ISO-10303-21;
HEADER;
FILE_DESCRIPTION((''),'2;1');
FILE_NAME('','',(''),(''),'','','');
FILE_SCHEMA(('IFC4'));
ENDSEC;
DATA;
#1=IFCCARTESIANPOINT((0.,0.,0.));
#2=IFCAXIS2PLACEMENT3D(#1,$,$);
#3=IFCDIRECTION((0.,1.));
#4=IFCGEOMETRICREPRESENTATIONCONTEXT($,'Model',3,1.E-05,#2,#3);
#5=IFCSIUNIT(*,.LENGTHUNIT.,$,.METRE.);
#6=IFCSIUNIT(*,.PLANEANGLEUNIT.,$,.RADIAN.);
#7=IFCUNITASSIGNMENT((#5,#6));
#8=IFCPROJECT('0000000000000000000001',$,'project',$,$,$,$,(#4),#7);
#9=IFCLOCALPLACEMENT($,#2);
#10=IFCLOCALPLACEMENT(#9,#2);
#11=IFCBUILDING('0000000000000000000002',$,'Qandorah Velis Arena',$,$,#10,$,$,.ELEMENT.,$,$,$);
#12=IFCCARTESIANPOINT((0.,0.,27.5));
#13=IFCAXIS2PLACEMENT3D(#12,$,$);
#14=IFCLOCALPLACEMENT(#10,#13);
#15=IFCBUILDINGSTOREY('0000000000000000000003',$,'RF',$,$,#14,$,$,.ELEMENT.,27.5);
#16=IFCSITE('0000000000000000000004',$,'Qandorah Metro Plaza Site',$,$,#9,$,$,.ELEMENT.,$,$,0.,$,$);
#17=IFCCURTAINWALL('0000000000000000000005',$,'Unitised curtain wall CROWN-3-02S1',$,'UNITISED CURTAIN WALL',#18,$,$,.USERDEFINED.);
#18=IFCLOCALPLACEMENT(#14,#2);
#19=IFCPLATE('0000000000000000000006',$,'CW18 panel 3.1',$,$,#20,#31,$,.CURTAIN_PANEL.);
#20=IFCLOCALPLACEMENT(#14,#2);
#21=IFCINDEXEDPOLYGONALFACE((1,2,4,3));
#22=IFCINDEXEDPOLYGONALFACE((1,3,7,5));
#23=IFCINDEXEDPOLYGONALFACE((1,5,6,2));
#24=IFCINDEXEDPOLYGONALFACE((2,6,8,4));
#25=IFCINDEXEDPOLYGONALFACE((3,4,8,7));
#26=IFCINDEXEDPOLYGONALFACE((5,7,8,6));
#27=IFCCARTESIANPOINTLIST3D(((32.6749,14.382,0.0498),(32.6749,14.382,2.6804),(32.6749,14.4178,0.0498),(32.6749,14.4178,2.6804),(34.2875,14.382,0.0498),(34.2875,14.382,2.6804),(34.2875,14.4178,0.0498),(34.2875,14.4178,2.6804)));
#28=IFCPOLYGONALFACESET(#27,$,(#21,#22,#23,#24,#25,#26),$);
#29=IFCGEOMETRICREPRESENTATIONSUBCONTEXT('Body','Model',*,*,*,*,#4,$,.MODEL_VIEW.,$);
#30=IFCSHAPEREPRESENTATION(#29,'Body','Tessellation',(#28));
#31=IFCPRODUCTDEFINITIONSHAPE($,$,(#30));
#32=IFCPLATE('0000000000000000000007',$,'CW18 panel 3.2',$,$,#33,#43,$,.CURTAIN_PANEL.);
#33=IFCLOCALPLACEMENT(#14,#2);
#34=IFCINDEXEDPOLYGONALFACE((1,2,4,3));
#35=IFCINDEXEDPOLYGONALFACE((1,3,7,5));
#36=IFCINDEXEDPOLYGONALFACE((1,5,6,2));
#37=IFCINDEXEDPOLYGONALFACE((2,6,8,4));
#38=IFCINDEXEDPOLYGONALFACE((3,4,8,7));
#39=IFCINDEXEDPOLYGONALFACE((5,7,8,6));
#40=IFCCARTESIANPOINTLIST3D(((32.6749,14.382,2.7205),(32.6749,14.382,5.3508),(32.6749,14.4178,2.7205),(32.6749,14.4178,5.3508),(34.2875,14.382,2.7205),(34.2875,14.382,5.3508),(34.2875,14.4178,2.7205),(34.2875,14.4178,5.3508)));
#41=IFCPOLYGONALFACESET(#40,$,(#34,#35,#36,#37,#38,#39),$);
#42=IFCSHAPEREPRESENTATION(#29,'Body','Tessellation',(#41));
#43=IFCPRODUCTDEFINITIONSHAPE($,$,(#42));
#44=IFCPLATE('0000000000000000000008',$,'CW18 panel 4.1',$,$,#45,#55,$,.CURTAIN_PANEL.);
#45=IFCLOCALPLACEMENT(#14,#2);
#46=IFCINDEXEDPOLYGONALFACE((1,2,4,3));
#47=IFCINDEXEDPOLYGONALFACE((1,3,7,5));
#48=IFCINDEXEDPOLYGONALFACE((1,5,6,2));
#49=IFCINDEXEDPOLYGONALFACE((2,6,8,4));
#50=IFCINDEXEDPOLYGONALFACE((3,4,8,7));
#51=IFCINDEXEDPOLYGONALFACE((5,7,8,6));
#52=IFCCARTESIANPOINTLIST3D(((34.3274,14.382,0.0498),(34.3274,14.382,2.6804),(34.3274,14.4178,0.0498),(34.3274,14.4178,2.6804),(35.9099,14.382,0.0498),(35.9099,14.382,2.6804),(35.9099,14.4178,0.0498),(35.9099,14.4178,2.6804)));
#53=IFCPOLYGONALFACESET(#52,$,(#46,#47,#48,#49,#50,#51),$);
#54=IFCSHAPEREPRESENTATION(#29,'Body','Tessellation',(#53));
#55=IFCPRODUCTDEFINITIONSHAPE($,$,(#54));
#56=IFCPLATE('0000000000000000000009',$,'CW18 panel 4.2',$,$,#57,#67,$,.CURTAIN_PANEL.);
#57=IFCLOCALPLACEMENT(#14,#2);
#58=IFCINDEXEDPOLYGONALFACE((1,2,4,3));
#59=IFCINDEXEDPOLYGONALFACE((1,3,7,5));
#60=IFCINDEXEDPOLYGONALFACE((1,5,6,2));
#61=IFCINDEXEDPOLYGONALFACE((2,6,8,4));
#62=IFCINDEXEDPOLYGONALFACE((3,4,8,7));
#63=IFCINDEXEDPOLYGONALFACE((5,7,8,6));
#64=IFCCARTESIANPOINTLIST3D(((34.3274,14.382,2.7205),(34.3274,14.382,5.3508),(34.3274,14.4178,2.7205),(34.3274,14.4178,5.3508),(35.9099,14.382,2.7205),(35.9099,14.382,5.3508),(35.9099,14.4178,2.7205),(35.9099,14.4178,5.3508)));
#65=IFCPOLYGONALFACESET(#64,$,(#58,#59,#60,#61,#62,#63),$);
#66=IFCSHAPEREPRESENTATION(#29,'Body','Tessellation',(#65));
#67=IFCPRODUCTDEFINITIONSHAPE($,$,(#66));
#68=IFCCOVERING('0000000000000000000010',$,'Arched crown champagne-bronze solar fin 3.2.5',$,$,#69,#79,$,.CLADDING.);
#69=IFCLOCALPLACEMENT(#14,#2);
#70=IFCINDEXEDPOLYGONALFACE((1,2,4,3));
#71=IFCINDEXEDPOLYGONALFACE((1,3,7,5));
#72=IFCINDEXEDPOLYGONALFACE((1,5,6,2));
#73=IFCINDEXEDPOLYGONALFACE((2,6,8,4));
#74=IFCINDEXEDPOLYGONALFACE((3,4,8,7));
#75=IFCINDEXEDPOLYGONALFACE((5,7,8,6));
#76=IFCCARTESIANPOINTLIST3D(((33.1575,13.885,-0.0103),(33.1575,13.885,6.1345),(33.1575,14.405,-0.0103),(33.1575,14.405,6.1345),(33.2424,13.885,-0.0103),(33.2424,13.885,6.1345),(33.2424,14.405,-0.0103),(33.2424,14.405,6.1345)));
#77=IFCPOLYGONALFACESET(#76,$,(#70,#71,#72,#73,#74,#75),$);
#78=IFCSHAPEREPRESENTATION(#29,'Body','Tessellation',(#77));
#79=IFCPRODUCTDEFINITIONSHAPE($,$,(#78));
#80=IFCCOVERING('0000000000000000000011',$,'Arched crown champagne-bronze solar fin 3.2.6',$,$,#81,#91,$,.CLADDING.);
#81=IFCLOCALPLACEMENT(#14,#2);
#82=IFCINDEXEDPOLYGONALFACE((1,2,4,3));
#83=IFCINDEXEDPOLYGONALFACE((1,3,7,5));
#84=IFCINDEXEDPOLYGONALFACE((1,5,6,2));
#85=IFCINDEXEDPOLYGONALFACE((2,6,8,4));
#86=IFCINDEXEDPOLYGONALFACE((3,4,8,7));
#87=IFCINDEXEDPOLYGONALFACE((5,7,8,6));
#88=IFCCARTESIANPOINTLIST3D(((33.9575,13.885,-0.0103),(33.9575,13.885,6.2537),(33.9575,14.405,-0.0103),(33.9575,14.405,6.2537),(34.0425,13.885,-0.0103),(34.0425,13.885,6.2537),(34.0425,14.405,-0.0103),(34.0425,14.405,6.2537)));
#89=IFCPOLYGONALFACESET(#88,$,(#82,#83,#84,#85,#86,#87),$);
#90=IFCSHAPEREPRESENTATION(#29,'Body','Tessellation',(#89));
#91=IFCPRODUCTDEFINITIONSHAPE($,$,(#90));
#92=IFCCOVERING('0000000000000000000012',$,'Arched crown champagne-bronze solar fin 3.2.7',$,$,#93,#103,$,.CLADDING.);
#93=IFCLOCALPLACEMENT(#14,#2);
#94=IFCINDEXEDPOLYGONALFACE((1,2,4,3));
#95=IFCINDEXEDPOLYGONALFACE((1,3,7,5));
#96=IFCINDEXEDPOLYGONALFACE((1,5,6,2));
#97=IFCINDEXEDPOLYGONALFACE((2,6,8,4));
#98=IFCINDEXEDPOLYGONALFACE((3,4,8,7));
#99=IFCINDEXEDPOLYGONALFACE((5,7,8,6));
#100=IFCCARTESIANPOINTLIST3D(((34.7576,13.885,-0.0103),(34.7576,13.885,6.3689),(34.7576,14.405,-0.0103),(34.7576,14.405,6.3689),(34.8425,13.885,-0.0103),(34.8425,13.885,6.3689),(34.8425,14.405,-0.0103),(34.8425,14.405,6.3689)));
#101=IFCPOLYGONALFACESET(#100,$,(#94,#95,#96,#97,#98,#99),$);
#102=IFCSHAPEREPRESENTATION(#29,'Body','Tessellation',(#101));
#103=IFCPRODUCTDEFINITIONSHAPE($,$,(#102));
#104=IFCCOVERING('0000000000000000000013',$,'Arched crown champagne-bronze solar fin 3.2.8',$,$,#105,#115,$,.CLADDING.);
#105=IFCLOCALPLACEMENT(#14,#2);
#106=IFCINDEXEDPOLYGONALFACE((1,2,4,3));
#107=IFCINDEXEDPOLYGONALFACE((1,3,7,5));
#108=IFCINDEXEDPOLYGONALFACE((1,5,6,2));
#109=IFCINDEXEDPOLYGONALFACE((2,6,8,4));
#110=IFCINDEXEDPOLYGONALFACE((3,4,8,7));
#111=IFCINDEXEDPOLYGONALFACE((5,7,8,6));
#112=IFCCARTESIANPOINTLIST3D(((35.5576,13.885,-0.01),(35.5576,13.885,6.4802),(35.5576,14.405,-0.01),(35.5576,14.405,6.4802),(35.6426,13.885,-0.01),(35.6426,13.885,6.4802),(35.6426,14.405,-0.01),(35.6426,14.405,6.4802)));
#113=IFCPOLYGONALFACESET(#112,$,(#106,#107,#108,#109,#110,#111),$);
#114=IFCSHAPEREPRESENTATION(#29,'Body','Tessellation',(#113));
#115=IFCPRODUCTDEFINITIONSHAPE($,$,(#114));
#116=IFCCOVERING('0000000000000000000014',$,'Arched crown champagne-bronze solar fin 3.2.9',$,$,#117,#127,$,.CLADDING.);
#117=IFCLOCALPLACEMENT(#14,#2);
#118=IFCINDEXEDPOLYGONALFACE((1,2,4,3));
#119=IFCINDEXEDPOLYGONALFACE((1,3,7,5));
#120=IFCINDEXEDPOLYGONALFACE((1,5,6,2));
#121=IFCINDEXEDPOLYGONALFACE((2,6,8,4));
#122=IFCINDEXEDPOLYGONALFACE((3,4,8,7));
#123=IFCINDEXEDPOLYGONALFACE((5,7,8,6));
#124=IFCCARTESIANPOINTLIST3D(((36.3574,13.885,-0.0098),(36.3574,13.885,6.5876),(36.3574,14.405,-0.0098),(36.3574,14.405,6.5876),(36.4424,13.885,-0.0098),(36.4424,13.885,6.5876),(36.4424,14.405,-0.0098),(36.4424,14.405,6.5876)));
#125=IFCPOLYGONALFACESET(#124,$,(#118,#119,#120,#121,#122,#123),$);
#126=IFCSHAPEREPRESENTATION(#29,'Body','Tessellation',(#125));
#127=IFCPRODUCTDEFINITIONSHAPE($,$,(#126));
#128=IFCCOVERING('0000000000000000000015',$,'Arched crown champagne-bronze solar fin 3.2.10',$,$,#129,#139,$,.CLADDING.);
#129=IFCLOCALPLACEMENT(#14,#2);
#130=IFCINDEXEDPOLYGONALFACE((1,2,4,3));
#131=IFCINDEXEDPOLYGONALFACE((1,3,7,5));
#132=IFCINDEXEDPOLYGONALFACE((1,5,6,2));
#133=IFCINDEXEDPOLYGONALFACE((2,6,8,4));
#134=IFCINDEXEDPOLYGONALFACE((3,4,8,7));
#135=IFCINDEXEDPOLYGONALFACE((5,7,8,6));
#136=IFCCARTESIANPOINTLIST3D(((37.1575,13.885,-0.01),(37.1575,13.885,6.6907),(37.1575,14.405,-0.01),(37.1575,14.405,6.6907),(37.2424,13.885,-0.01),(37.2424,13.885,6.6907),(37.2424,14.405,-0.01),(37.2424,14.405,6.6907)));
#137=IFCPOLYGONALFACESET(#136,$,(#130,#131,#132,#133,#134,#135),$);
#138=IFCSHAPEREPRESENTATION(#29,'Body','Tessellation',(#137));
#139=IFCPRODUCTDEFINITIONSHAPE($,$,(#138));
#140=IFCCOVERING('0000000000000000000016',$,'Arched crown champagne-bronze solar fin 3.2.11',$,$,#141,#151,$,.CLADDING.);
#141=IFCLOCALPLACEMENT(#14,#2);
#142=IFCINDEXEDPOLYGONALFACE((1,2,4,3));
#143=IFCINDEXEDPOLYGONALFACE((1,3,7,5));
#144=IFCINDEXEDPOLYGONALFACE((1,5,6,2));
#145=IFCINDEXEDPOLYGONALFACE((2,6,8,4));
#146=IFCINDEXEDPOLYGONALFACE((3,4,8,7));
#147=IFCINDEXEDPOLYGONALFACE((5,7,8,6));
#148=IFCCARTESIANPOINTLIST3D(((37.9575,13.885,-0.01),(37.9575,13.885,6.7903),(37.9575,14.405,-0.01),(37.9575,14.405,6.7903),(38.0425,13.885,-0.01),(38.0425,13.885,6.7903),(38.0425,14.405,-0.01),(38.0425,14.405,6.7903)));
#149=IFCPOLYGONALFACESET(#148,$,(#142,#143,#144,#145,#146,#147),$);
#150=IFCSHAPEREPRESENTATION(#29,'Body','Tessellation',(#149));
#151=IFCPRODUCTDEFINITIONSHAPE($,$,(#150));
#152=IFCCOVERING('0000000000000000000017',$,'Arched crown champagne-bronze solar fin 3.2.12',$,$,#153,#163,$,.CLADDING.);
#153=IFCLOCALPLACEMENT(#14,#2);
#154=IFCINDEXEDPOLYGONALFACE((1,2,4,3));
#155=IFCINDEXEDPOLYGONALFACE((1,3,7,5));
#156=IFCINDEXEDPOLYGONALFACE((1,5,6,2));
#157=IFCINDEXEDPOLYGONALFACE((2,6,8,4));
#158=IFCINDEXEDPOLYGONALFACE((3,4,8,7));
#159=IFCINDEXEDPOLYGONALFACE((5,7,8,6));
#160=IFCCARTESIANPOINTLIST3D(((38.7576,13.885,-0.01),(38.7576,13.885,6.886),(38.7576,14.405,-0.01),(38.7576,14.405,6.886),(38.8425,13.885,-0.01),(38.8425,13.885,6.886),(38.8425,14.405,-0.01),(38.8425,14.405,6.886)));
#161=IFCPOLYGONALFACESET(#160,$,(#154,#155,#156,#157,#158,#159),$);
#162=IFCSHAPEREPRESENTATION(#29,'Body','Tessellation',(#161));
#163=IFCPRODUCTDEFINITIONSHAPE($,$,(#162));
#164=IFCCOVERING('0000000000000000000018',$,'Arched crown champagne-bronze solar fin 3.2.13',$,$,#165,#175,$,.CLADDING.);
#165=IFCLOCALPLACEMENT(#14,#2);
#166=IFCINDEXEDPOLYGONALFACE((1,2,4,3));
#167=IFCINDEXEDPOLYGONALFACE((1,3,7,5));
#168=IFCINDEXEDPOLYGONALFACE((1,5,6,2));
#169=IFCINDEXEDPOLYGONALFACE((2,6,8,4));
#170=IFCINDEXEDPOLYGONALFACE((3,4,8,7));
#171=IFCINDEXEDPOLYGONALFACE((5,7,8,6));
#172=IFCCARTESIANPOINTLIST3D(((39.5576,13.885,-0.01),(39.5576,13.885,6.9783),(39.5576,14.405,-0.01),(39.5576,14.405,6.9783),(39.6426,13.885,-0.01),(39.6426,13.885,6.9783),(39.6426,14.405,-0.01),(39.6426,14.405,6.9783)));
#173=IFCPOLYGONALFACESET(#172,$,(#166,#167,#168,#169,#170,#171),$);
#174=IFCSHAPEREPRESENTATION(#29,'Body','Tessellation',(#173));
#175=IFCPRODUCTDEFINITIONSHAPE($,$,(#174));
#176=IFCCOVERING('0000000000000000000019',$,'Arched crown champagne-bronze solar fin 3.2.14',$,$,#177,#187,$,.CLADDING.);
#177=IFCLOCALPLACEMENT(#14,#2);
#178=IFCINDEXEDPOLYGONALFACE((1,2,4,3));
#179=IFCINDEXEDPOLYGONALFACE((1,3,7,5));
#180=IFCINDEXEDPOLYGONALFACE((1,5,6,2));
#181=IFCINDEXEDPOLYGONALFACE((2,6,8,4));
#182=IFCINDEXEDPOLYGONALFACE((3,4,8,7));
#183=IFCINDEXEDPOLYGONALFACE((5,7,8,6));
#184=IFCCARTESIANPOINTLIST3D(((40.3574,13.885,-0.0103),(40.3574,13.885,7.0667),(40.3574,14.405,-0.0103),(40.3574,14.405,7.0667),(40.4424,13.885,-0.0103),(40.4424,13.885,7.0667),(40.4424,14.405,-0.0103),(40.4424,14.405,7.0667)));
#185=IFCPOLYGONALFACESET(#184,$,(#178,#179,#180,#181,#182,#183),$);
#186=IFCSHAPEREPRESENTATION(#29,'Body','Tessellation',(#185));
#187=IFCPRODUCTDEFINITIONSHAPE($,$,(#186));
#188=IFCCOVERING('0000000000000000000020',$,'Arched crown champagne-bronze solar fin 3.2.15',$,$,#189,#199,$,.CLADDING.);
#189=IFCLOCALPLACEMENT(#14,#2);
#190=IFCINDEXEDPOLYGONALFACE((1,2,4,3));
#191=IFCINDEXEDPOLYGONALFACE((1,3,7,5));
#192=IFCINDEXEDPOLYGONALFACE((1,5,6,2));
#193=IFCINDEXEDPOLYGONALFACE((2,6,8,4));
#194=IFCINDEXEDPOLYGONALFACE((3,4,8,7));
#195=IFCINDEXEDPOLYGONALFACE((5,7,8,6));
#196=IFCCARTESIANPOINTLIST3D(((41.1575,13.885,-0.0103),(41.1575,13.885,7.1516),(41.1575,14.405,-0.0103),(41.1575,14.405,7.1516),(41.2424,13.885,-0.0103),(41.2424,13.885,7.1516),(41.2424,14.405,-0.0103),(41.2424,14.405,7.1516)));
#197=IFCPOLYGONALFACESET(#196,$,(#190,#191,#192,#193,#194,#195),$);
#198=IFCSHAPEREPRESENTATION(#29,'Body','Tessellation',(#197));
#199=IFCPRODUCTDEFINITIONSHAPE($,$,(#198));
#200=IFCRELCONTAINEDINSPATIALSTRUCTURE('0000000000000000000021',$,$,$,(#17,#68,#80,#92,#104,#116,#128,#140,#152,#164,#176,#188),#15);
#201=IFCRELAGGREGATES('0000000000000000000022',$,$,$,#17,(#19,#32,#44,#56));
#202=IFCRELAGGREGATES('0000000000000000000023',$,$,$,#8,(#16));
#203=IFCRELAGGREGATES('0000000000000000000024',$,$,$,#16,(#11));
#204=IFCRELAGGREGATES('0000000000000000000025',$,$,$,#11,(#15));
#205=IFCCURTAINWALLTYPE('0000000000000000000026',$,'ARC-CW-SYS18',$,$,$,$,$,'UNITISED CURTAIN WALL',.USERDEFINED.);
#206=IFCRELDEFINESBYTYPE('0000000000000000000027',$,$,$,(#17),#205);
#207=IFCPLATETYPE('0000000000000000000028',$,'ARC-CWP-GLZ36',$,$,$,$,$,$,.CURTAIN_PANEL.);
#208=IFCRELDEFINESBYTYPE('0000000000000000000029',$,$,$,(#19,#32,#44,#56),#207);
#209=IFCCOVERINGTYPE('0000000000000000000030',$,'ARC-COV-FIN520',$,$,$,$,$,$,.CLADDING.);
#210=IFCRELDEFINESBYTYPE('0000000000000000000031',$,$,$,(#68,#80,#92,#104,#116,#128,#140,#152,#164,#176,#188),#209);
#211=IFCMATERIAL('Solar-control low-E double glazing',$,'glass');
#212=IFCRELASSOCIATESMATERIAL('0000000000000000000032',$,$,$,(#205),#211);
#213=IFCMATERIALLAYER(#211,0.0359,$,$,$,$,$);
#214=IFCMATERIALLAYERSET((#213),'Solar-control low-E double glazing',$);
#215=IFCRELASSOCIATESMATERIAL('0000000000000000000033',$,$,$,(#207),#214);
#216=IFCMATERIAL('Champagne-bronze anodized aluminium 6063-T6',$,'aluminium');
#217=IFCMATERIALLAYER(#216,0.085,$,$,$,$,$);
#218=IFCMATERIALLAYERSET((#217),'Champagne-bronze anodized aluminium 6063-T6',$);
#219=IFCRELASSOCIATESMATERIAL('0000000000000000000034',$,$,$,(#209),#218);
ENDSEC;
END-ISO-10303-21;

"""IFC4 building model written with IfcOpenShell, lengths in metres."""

from ifc_helpers import new_model, si_unit, direction, frame, origin, origin_2d, place, context, subcontext, project, spatial, rectangle, extrude, material, layer, layer_set, type_object, element, aggregate, save


model = new_model("IFC4")

# Units and contexts
model_context = context("Model", 3, precision=1e-05, world=origin(), true_north=direction((0.0, 1.0)))
body_context = subcontext(model_context, "Body", "Model", "MODEL_VIEW")
ifc_project = project(units=[si_unit("LENGTHUNIT", "METRE"), si_unit("PLANEANGLEUNIT", "RADIAN")], contexts=[model_context])

# Site, building, storey
site_placement = place(None, origin())
site = spatial("IfcSite", under=ifc_project, at=site_placement, Name="Qandorah Metro Plaza Site", CompositionType="ELEMENT", RefElevation=0.0)
building_placement = place(site_placement, origin())
building = spatial("IfcBuilding", under=site, at=building_placement, Name="Qandorah Velis Arena", CompositionType="ELEMENT")
storey_placement = place(building_placement, frame((0.0, 0.0, 27.5)))
storey = spatial("IfcBuildingStorey", under=building, at=storey_placement, Name="RF", CompositionType="ELEMENT", Elevation=27.5)

# Curtain wall
ifc_material_1 = material(Name="Solar-control low-E double glazing", Category="glass")
curtain_wall_type_1 = type_object("IfcCurtainWallType", Name="ARC-CW-SYS18", ElementType="UNITISED CURTAIN WALL", PredefinedType="USERDEFINED", material=ifc_material_1)
curtain_wall_1_placement = place(storey_placement, origin())
curtain_wall_1 = element("IfcCurtainWall", 1, at=curtain_wall_1_placement, inside=storey, type_object=curtain_wall_type_1, Name="Unitised curtain wall CROWN-3-02S1", ObjectType="UNITISED CURTAIN WALL", PredefinedType="USERDEFINED")
ifc_material_2 = material(Name="Champagne-bronze anodized aluminium 6063-T6", Category="aluminium")

# Plates
ifc_layer_1 = layer(ifc_material_1, 0.0359)
ifc_layer_set_1 = layer_set([ifc_layer_1], Name="Solar-control low-E double glazing")
plate_type = type_object("IfcPlateType", Name="ARC-CWP-GLZ36", PredefinedType="CURTAIN_PANEL", material=ifc_layer_set_1)
plate_1_placement = place(storey_placement, frame((33.4812, 14.3999, 0.0498), z_axis=(0.0, 0.0, 1.0), x_axis=(1.0, 0.0, 0.0)))
plate_1 = element("IfcPlate", 2, at=plate_1_placement, type_object=plate_type, Name="CW18 panel 3.1", PredefinedType="CURTAIN_PANEL", context=body_context, shape_type="SweptSolid", body=[
    extrude(rectangle(XDim=1.6125, YDim=0.0359, at=origin_2d()), origin(), (0.0, 0.0, 1.0), 2.6306),
])
plate_2_placement = place(storey_placement, frame((33.4812, 14.3999, 2.7205), z_axis=(0.0, 0.0, 1.0), x_axis=(1.0, 0.0, 0.0)))
plate_2 = element("IfcPlate", 3, at=plate_2_placement, type_object=plate_type, Name="CW18 panel 3.2", PredefinedType="CURTAIN_PANEL", context=body_context, shape_type="SweptSolid", body=[
    extrude(rectangle(XDim=1.6125, YDim=0.0359, at=origin_2d()), origin(), (0.0, 0.0, 1.0), 2.6304),
])
plate_3_placement = place(storey_placement, frame((35.1187, 14.3999, 0.0498), z_axis=(0.0, 0.0, 1.0), x_axis=(1.0, 0.0, 0.0)))
plate_3 = element("IfcPlate", 4, at=plate_3_placement, type_object=plate_type, Name="CW18 panel 4.1", PredefinedType="CURTAIN_PANEL", context=body_context, shape_type="SweptSolid", body=[
    extrude(rectangle(XDim=1.5825, YDim=0.0359, at=origin_2d()), origin(), (0.0, 0.0, 1.0), 2.6306),
])
plate_4_placement = place(storey_placement, frame((35.1187, 14.3999, 2.7205), z_axis=(0.0, 0.0, 1.0), x_axis=(1.0, 0.0, 0.0)))
plate_4 = element("IfcPlate", 5, at=plate_4_placement, type_object=plate_type, Name="CW18 panel 4.2", PredefinedType="CURTAIN_PANEL", context=body_context, shape_type="SweptSolid", body=[
    extrude(rectangle(XDim=1.5825, YDim=0.0359, at=origin_2d()), origin(), (0.0, 0.0, 1.0), 2.6304),
])
aggregate(curtain_wall_1, [plate_1, plate_2, plate_3, plate_4])

# Coverings
ifc_layer_2 = layer(ifc_material_2, 0.085)
ifc_layer_set_2 = layer_set([ifc_layer_2], Name="Champagne-bronze anodized aluminium 6063-T6")
covering_type = type_object("IfcCoveringType", Name="ARC-COV-FIN520", PredefinedType="CLADDING", material=ifc_layer_set_2)
covering_1_placement = place(storey_placement, frame((33.2, 14.145, -0.0103), z_axis=(0.0, 0.0, 1.0), x_axis=(1.0, 0.0, 0.0)))
element("IfcCovering", 6, at=covering_1_placement, inside=storey, type_object=covering_type, Name="Arched crown champagne-bronze solar fin 3.2.5", PredefinedType="CLADDING", context=body_context, shape_type="SweptSolid", body=[
    extrude(rectangle(XDim=0.085, YDim=0.52, at=origin_2d()), origin(), (0.0, 0.0, 1.0), 6.1448),
])
covering_2_placement = place(storey_placement, frame((34.0, 14.145, -0.0103), z_axis=(0.0, 0.0, 1.0), x_axis=(1.0, 0.0, 0.0)))
element("IfcCovering", 7, at=covering_2_placement, inside=storey, type_object=covering_type, Name="Arched crown champagne-bronze solar fin 3.2.6", PredefinedType="CLADDING", context=body_context, shape_type="SweptSolid", body=[
    extrude(rectangle(XDim=0.085, YDim=0.52, at=origin_2d()), origin(), (0.0, 0.0, 1.0), 6.2639),
])
covering_3_placement = place(storey_placement, frame((34.8, 14.145, -0.0103), z_axis=(0.0, 0.0, 1.0), x_axis=(1.0, 0.0, 0.0)))
element("IfcCovering", 8, at=covering_3_placement, inside=storey, type_object=covering_type, Name="Arched crown champagne-bronze solar fin 3.2.7", PredefinedType="CLADDING", context=body_context, shape_type="SweptSolid", body=[
    extrude(rectangle(XDim=0.085, YDim=0.52, at=origin_2d()), origin(), (0.0, 0.0, 1.0), 6.3792),
])
covering_4_placement = place(storey_placement, frame((35.6001, 14.145, -0.01), z_axis=(0.0, 0.0, 1.0), x_axis=(1.0, 0.0, 0.0)))
element("IfcCovering", 9, at=covering_4_placement, inside=storey, type_object=covering_type, Name="Arched crown champagne-bronze solar fin 3.2.8", PredefinedType="CLADDING", context=body_context, shape_type="SweptSolid", body=[
    extrude(rectangle(XDim=0.085, YDim=0.52, at=origin_2d()), origin(), (0.0, 0.0, 1.0), 6.4902),
])
covering_5_placement = place(storey_placement, frame((36.3999, 14.145, -0.0098), z_axis=(0.0, 0.0, 1.0), x_axis=(1.0, 0.0, 0.0)))
element("IfcCovering", 10, at=covering_5_placement, inside=storey, type_object=covering_type, Name="Arched crown champagne-bronze solar fin 3.2.9", PredefinedType="CLADDING", context=body_context, shape_type="SweptSolid", body=[
    extrude(rectangle(XDim=0.085, YDim=0.52, at=origin_2d()), origin(), (0.0, 0.0, 1.0), 6.5974),
])
covering_6_placement = place(storey_placement, frame((37.2, 14.145, -0.01), z_axis=(0.0, 0.0, 1.0), x_axis=(1.0, 0.0, 0.0)))
element("IfcCovering", 11, at=covering_6_placement, inside=storey, type_object=covering_type, Name="Arched crown champagne-bronze solar fin 3.2.10", PredefinedType="CLADDING", context=body_context, shape_type="SweptSolid", body=[
    extrude(rectangle(XDim=0.085, YDim=0.52, at=origin_2d()), origin(), (0.0, 0.0, 1.0), 6.7007),
])
covering_7_placement = place(storey_placement, frame((38.0, 14.145, -0.01), z_axis=(0.0, 0.0, 1.0), x_axis=(1.0, 0.0, 0.0)))
element("IfcCovering", 12, at=covering_7_placement, inside=storey, type_object=covering_type, Name="Arched crown champagne-bronze solar fin 3.2.11", PredefinedType="CLADDING", context=body_context, shape_type="SweptSolid", body=[
    extrude(rectangle(XDim=0.085, YDim=0.52, at=origin_2d()), origin(), (0.0, 0.0, 1.0), 6.8003),
])
covering_8_placement = place(storey_placement, frame((38.8, 14.145, -0.01), z_axis=(0.0, 0.0, 1.0), x_axis=(1.0, 0.0, 0.0)))
element("IfcCovering", 13, at=covering_8_placement, inside=storey, type_object=covering_type, Name="Arched crown champagne-bronze solar fin 3.2.12", PredefinedType="CLADDING", context=body_context, shape_type="SweptSolid", body=[
    extrude(rectangle(XDim=0.085, YDim=0.52, at=origin_2d()), origin(), (0.0, 0.0, 1.0), 6.896),
])
covering_9_placement = place(storey_placement, frame((39.6001, 14.145, -0.01), z_axis=(0.0, 0.0, 1.0), x_axis=(1.0, 0.0, 0.0)))
element("IfcCovering", 14, at=covering_9_placement, inside=storey, type_object=covering_type, Name="Arched crown champagne-bronze solar fin 3.2.13", PredefinedType="CLADDING", context=body_context, shape_type="SweptSolid", body=[
    extrude(rectangle(XDim=0.085, YDim=0.52, at=origin_2d()), origin(), (0.0, 0.0, 1.0), 6.9883),
])
covering_10_placement = place(storey_placement, frame((40.3999, 14.145, -0.0103), z_axis=(0.0, 0.0, 1.0), x_axis=(1.0, 0.0, 0.0)))
element("IfcCovering", 15, at=covering_10_placement, inside=storey, type_object=covering_type, Name="Arched crown champagne-bronze solar fin 3.2.14", PredefinedType="CLADDING", context=body_context, shape_type="SweptSolid", body=[
    extrude(rectangle(XDim=0.085, YDim=0.52, at=origin_2d()), origin(), (0.0, 0.0, 1.0), 7.0769),
])
covering_11_placement = place(storey_placement, frame((41.2, 14.145, -0.0103), z_axis=(0.0, 0.0, 1.0), x_axis=(1.0, 0.0, 0.0)))
element("IfcCovering", 16, at=covering_11_placement, inside=storey, type_object=covering_type, Name="Arched crown champagne-bronze solar fin 3.2.15", PredefinedType="CLADDING", context=body_context, shape_type="SweptSolid", body=[
    extrude(rectangle(XDim=0.085, YDim=0.52, at=origin_2d()), origin(), (0.0, 0.0, 1.0), 7.1619),
])

save(model, "model.ifc")
